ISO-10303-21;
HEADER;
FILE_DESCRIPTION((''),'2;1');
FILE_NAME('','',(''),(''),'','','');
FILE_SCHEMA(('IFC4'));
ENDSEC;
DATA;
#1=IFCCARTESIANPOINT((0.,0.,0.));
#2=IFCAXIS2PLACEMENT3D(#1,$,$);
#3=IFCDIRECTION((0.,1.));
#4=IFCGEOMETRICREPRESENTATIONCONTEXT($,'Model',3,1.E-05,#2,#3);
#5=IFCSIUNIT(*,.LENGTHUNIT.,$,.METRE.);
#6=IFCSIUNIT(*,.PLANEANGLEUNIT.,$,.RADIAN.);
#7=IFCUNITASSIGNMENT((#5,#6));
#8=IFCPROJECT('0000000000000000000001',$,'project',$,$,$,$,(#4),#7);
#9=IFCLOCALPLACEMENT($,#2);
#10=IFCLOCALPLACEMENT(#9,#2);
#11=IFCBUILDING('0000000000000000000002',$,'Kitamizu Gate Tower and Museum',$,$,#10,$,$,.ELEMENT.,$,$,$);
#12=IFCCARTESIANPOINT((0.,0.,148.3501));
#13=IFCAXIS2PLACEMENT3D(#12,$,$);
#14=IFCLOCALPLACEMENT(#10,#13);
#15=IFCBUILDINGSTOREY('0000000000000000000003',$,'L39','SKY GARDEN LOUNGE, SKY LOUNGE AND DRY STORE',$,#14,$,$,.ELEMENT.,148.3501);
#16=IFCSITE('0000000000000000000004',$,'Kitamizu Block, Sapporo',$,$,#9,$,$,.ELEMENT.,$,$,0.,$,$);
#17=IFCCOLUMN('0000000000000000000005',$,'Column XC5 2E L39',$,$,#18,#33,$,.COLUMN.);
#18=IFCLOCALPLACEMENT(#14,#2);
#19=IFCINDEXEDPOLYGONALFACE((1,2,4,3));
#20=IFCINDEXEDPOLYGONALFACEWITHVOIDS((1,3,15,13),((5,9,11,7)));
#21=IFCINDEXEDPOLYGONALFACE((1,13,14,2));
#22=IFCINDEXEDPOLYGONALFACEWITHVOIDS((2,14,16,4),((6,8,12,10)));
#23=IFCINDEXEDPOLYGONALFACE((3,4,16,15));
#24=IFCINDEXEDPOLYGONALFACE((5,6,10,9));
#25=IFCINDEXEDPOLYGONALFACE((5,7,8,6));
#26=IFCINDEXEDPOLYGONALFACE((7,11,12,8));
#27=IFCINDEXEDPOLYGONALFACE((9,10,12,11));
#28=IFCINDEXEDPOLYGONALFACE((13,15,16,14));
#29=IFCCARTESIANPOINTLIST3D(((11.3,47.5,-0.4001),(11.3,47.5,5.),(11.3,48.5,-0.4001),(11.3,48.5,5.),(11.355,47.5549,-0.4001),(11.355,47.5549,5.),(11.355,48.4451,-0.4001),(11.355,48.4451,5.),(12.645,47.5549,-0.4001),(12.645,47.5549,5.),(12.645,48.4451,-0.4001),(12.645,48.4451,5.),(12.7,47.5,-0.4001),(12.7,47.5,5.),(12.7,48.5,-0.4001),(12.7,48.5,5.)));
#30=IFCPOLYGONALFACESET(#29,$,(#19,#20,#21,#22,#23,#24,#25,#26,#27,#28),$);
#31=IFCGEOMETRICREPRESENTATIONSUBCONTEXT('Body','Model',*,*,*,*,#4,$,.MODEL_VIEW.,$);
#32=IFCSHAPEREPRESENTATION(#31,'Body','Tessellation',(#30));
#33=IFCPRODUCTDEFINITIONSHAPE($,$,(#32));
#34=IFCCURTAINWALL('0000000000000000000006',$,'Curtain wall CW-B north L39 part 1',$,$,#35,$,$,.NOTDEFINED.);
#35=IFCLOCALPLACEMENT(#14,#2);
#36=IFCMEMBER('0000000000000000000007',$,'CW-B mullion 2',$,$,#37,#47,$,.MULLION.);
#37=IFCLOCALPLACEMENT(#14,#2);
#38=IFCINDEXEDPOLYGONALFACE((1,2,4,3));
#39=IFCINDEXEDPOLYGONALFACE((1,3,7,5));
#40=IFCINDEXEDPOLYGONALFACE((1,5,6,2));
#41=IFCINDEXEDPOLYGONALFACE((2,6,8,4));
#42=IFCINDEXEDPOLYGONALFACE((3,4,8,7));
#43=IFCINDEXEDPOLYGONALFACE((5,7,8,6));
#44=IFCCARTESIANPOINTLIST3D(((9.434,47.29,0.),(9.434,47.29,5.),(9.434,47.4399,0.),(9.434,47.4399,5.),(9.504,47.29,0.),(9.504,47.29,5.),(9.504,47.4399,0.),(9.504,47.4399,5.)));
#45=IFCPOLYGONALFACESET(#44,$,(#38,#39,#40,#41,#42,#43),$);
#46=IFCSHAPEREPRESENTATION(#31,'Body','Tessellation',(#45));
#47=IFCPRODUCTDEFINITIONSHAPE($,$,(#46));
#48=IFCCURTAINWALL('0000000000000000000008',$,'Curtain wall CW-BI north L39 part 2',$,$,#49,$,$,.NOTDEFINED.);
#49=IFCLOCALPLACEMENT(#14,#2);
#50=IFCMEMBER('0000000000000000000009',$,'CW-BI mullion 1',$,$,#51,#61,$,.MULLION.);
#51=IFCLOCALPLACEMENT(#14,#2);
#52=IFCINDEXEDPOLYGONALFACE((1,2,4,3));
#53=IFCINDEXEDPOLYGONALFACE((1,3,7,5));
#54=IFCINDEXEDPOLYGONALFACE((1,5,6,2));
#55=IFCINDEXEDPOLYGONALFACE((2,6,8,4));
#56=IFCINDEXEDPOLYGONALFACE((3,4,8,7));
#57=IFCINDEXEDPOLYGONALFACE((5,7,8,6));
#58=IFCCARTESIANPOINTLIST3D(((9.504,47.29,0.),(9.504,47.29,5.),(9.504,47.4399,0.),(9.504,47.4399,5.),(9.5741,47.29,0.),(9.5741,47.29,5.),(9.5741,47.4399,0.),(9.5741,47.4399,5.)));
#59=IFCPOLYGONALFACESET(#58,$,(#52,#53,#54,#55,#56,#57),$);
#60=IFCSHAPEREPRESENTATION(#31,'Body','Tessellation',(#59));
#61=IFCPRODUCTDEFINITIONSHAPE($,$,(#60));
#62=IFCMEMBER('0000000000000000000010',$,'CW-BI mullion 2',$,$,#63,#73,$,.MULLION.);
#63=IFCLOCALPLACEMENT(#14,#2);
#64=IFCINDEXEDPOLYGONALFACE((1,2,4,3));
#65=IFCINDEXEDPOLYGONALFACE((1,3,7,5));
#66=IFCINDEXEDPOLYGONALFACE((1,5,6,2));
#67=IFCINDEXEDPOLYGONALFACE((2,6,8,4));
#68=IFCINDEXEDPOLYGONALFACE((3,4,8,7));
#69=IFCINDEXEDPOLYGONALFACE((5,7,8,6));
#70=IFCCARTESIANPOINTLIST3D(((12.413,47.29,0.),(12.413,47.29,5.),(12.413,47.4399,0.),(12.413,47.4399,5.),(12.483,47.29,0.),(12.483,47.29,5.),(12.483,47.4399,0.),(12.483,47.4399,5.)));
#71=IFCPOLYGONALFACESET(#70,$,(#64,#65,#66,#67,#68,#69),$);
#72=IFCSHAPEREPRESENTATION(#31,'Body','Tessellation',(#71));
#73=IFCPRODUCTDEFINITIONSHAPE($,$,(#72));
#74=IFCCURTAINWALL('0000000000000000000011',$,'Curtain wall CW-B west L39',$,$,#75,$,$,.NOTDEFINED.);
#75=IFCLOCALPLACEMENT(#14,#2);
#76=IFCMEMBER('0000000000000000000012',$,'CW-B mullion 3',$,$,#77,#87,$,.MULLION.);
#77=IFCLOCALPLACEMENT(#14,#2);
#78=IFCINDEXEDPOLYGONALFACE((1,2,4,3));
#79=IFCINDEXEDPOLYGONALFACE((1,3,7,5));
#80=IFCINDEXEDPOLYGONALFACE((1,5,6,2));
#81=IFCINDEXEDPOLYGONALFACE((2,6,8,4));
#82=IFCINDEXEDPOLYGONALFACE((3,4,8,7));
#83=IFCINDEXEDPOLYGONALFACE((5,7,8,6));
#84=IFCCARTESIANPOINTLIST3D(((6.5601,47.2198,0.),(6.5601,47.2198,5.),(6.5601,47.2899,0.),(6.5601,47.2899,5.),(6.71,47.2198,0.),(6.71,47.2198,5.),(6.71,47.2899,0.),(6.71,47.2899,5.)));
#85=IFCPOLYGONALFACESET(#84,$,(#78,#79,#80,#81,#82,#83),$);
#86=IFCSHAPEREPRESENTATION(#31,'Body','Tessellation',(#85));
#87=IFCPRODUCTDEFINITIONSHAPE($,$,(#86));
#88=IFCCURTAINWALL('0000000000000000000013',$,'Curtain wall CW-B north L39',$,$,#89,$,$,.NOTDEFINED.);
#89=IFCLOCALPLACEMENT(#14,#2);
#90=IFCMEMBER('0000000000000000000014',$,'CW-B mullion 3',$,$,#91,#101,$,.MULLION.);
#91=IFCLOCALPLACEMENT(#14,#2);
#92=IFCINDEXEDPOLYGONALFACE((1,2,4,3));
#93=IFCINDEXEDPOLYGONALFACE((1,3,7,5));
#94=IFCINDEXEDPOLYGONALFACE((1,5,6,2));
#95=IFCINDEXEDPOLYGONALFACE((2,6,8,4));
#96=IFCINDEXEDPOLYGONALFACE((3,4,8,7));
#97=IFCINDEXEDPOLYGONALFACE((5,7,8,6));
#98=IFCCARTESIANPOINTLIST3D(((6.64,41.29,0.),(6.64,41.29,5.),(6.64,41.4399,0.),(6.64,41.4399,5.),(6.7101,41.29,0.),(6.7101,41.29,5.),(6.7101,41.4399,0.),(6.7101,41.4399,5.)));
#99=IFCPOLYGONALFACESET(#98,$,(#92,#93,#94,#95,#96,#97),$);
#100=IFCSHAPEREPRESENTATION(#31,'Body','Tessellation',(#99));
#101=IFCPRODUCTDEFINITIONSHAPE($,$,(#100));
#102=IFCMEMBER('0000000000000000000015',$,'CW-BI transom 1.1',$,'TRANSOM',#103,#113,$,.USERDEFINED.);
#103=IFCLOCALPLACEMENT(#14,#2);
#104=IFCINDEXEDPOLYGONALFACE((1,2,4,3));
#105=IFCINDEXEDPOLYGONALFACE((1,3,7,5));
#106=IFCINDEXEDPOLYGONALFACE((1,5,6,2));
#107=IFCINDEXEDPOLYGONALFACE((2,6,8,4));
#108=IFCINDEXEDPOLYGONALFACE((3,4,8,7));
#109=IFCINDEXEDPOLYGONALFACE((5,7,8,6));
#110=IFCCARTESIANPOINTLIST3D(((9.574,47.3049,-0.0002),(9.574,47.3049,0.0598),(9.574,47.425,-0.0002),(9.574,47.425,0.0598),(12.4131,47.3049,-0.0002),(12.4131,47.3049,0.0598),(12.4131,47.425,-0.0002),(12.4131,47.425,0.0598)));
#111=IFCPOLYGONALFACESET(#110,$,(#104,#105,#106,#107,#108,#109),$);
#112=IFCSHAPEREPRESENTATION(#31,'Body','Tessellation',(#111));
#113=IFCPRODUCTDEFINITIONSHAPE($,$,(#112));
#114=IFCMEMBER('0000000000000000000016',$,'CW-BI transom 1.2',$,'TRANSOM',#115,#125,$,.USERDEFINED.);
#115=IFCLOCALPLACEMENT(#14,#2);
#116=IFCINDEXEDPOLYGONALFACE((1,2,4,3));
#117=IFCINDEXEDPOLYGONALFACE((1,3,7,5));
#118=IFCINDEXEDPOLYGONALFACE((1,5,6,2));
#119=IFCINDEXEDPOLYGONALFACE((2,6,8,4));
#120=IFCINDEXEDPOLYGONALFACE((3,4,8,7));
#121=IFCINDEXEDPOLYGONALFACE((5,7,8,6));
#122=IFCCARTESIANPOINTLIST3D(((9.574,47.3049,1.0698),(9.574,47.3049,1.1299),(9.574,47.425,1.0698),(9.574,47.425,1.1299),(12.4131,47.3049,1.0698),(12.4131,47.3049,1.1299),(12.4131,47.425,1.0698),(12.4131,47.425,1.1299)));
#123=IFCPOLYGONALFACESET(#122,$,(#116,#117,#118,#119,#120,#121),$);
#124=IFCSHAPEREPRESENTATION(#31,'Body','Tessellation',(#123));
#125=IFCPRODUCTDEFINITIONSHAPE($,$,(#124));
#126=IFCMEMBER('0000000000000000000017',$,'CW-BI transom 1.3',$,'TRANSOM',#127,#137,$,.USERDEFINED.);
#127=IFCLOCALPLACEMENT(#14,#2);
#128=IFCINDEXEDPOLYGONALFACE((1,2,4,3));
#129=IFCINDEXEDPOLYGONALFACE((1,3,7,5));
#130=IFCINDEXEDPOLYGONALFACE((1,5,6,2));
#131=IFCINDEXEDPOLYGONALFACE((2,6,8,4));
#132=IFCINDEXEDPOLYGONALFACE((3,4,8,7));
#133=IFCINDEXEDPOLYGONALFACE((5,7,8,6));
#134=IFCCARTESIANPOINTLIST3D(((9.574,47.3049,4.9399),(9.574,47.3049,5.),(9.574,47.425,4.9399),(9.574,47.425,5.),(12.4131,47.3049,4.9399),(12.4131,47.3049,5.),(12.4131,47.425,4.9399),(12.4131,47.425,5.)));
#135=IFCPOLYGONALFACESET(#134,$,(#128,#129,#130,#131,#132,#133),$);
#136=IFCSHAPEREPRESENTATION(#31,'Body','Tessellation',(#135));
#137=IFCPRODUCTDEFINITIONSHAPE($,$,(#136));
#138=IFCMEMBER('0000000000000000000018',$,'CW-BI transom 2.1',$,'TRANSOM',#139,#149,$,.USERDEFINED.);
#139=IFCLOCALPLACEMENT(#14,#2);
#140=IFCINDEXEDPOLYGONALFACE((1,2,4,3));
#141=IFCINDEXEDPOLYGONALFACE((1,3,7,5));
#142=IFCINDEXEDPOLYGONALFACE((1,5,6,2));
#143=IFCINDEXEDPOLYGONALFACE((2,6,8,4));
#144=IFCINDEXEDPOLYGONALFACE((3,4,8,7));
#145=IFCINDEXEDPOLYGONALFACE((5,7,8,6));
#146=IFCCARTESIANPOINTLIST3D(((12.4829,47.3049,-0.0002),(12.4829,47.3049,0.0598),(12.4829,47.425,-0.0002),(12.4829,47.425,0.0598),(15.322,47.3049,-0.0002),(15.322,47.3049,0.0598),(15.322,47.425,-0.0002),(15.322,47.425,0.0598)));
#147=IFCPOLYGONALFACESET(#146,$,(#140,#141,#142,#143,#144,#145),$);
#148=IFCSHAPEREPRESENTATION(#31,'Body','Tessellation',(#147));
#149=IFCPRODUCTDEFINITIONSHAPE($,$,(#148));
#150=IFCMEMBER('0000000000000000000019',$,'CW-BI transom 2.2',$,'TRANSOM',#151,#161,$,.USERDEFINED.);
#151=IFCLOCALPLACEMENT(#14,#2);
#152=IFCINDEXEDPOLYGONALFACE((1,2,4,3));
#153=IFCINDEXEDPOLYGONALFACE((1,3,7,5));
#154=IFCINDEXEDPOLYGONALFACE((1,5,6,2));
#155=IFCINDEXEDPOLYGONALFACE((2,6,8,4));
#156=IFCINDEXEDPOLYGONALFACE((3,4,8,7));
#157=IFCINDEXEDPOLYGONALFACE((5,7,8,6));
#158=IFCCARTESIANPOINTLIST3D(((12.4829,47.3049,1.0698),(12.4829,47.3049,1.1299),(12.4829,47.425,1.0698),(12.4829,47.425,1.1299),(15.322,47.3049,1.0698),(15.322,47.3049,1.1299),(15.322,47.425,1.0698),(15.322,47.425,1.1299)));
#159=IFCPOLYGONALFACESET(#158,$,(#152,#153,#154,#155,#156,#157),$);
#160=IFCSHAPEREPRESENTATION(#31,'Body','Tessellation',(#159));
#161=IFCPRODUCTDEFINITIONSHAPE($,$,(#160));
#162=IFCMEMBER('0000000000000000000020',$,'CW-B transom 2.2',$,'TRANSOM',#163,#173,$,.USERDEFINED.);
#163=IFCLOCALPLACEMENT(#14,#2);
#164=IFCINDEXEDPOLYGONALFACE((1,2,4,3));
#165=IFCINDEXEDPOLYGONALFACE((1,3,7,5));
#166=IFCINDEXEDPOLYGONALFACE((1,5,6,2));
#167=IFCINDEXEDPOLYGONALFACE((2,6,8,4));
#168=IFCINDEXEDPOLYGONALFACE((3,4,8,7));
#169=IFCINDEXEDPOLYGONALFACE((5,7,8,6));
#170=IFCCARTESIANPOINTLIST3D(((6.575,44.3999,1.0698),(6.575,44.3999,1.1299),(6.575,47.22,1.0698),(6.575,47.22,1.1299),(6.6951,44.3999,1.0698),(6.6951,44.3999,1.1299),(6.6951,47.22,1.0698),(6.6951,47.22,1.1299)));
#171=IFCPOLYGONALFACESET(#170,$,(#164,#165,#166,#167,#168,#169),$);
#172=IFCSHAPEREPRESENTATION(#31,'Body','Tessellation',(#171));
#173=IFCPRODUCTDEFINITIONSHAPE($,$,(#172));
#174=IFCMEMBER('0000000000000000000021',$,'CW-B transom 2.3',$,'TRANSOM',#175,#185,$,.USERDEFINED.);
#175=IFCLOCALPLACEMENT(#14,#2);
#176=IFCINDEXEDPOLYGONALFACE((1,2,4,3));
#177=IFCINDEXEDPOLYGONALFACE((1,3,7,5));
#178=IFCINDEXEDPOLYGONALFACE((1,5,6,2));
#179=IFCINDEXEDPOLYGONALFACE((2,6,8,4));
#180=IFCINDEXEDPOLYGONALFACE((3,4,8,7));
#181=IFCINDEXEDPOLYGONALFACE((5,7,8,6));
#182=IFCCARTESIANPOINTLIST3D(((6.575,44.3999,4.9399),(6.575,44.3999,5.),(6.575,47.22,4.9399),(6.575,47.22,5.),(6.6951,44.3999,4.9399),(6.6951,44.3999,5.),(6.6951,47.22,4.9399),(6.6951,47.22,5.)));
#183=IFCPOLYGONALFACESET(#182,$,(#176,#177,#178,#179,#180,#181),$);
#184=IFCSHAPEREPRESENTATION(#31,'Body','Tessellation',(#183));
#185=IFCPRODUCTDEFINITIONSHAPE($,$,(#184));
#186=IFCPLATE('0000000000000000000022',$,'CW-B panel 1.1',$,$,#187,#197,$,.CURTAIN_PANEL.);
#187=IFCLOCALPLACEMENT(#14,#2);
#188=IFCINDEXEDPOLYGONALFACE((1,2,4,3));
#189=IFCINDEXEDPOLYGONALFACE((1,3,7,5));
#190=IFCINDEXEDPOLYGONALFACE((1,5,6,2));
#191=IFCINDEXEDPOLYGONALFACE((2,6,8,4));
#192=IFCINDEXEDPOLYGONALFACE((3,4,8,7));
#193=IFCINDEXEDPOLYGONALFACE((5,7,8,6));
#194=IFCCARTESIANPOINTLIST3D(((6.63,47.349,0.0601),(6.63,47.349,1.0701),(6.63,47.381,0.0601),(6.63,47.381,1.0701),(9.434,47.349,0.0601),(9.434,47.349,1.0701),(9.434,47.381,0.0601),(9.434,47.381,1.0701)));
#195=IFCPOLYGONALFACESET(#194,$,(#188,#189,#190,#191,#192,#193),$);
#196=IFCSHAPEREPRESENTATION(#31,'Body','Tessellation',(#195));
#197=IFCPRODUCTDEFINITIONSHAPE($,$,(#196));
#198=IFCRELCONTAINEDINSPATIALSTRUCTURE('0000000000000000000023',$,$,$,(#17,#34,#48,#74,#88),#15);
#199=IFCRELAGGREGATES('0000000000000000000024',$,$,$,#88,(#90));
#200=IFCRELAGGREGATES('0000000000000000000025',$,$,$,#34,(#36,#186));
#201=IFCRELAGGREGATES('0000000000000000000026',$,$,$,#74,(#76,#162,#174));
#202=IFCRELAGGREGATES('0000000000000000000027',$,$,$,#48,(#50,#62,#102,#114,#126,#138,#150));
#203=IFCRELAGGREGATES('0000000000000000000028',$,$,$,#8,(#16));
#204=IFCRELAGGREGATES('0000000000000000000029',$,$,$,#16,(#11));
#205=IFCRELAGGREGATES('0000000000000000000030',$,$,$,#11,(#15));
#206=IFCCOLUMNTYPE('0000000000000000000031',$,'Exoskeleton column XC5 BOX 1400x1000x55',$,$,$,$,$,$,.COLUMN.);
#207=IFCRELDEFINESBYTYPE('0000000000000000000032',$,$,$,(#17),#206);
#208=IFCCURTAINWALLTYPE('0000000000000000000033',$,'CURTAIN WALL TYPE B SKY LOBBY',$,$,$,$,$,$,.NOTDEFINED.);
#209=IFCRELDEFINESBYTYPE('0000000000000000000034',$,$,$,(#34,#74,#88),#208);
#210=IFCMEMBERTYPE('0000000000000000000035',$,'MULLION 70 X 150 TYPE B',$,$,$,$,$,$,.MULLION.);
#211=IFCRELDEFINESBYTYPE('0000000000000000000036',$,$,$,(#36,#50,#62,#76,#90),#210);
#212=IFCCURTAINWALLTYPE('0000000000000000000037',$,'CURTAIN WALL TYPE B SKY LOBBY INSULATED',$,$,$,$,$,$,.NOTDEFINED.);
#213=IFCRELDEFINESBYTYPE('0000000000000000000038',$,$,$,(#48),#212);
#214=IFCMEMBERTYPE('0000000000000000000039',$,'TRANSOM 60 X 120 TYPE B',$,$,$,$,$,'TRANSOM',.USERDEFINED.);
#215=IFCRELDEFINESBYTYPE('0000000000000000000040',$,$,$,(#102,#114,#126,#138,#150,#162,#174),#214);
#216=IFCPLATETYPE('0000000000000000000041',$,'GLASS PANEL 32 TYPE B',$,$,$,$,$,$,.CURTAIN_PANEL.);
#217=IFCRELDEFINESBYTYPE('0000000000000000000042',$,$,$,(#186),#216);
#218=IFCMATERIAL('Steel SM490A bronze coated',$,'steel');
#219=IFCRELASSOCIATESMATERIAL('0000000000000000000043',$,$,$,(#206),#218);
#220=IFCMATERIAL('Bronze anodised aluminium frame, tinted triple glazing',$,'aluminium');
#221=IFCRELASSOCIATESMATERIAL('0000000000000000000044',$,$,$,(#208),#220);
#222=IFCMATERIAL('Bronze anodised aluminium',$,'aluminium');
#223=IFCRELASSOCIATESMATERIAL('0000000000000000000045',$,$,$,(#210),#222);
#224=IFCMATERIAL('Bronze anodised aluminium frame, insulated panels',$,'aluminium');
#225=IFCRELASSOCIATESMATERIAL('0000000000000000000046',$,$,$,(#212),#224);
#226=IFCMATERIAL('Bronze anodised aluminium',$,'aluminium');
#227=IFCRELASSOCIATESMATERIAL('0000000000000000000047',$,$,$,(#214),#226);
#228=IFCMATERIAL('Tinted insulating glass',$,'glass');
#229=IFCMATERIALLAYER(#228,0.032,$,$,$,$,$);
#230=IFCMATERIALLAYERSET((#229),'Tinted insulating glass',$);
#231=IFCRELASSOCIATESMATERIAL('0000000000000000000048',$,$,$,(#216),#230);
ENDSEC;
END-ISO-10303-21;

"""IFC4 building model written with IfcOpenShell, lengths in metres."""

from ifc_helpers import new_model, si_unit, direction, frame, origin, origin_2d, place, context, subcontext, project, spatial, rectangle, hollow_rectangle, extrude, material, layer, layer_set, material_profile, profile_set, type_object, element, aggregate, save


model = new_model("IFC4")

# Units and contexts
model_context = context("Model", 3, precision=1e-05, world=origin(), true_north=direction((0.0, 1.0)))
body_context = subcontext(model_context, "Body", "Model", "MODEL_VIEW")
ifc_project = project(units=[si_unit("LENGTHUNIT", "METRE"), si_unit("PLANEANGLEUNIT", "RADIAN")], contexts=[model_context])

# Site, building, storey
site_placement = place(None, origin())
site = spatial("IfcSite", under=ifc_project, at=site_placement, Name="Kitamizu Block, Sapporo", CompositionType="ELEMENT", RefElevation=0.0)
building_placement = place(site_placement, origin())
building = spatial("IfcBuilding", under=site, at=building_placement, Name="Kitamizu Gate Tower and Museum", CompositionType="ELEMENT")
storey_placement = place(building_placement, frame((0.0, 0.0, 148.3501)))
storey = spatial("IfcBuildingStorey", under=building, at=storey_placement, Name="L39", Description="SKY GARDEN LOUNGE, SKY LOUNGE AND DRY STORE", CompositionType="ELEMENT", Elevation=148.3501)

# Column
ifc_material_1 = material(Name="Steel SM490A bronze coated", Category="steel")
ifc_material_profile_1 = material_profile(ifc_material_1, hollow_rectangle(XDim=1.3999, YDim=1.0, WallThickness=0.0549, at=origin_2d()), Name="BOX 1400x1000x55")
ifc_profile_set_1 = profile_set([ifc_material_profile_1], Name="Steel SM490A bronze coated")
column_type = type_object("IfcColumnType", Name="Exoskeleton column XC5 BOX 1400x1000x55", PredefinedType="COLUMN", material=ifc_profile_set_1)
column_placement = place(storey_placement, frame((12.0, 48.0, -0.4001), z_axis=(0.0, 0.0, 1.0), x_axis=(1.0, 0.0, 0.0)))
element("IfcColumn", 1, at=column_placement, inside=storey, type_object=column_type, Name="Column XC5 2E L39", PredefinedType="COLUMN", context=body_context, shape_type="SweptSolid", body=[
    extrude(hollow_rectangle(XDim=1.3999, YDim=1.0, WallThickness=0.0549, at=origin_2d()), origin(), (0.0, 0.0, 1.0), 5.4001),
])

# Curtain wall, member
ifc_material_2 = material(Name="Bronze anodised aluminium frame, tinted triple glazing", Category="aluminium")
curtain_wall_type_1 = type_object("IfcCurtainWallType", Name="CURTAIN WALL TYPE B SKY LOBBY", PredefinedType="NOTDEFINED", material=ifc_material_2)
curtain_wall_1_placement = place(storey_placement, origin())
curtain_wall_1 = element("IfcCurtainWall", 2, at=curtain_wall_1_placement, inside=storey, type_object=curtain_wall_type_1, Name="Curtain wall CW-B north L39 part 1", PredefinedType="NOTDEFINED")
ifc_material_3 = material(Name="Bronze anodised aluminium", Category="aluminium")
ifc_material_profile_2 = material_profile(ifc_material_3, rectangle(XDim=0.0701, YDim=0.1499, at=origin_2d()), Name="AL 70X150")
ifc_profile_set_2 = profile_set([ifc_material_profile_2], Name="Bronze anodised aluminium")
member_type_1 = type_object("IfcMemberType", Name="MULLION 70 X 150 TYPE B", PredefinedType="MULLION", material=ifc_profile_set_2)
member_1_placement = place(storey_placement, frame((9.469, 47.365, 0.0), z_axis=(0.0, 0.0, 1.0), x_axis=(1.0, 0.0, 0.0)))
member_1 = element("IfcMember", 3, at=member_1_placement, type_object=member_type_1, Name="CW-B mullion 2", PredefinedType="MULLION", context=body_context, shape_type="SweptSolid", body=[
    extrude(rectangle(XDim=0.0701, YDim=0.1499, at=origin_2d()), origin(), (0.0, 0.0, 1.0), 5.0),
])

# Curtain wall, members
ifc_material_4 = material(Name="Bronze anodised aluminium frame, insulated panels", Category="aluminium")
curtain_wall_type_2 = type_object("IfcCurtainWallType", Name="CURTAIN WALL TYPE B SKY LOBBY INSULATED", PredefinedType="NOTDEFINED", material=ifc_material_4)
curtain_wall_2_placement = place(storey_placement, origin())
curtain_wall_2 = element("IfcCurtainWall", 4, at=curtain_wall_2_placement, inside=storey, type_object=curtain_wall_type_2, Name="Curtain wall CW-BI north L39 part 2", PredefinedType="NOTDEFINED")
member_2_placement = place(storey_placement, frame((9.5391, 47.365, 0.0), z_axis=(0.0, 0.0, 1.0), x_axis=(1.0, 0.0, 0.0)))
member_2 = element("IfcMember", 5, at=member_2_placement, type_object=member_type_1, Name="CW-BI mullion 1", PredefinedType="MULLION", context=body_context, shape_type="SweptSolid", body=[
    extrude(rectangle(XDim=0.0701, YDim=0.1499, at=origin_2d()), origin(), (0.0, 0.0, 1.0), 5.0),
])
member_3_placement = place(storey_placement, frame((12.448, 47.365, 0.0), z_axis=(0.0, 0.0, 1.0), x_axis=(1.0, 0.0, 0.0)))
member_3 = element("IfcMember", 6, at=member_3_placement, type_object=member_type_1, Name="CW-BI mullion 2", PredefinedType="MULLION", context=body_context, shape_type="SweptSolid", body=[
    extrude(rectangle(XDim=0.0701, YDim=0.1499, at=origin_2d()), origin(), (0.0, 0.0, 1.0), 5.0),
])

# Curtain walls, members
curtain_wall_3_placement = place(storey_placement, origin())
curtain_wall_3 = element("IfcCurtainWall", 7, at=curtain_wall_3_placement, inside=storey, type_object=curtain_wall_type_1, Name="Curtain wall CW-B west L39", PredefinedType="NOTDEFINED")
member_4_placement = place(storey_placement, frame((6.635, 47.2549, 0.0), z_axis=(0.0, 0.0, 1.0), x_axis=(0.0, 1.0, 0.0)))
member_4 = element("IfcMember", 8, at=member_4_placement, type_object=member_type_1, Name="CW-B mullion 3", PredefinedType="MULLION", context=body_context, shape_type="SweptSolid", body=[
    extrude(rectangle(XDim=0.0701, YDim=0.1499, at=origin_2d()), origin(), (0.0, 0.0, 1.0), 5.0),
])
curtain_wall_4_placement = place(storey_placement, origin())
curtain_wall_4 = element("IfcCurtainWall", 9, at=curtain_wall_4_placement, inside=storey, type_object=curtain_wall_type_1, Name="Curtain wall CW-B north L39", PredefinedType="NOTDEFINED")
member_5_placement = place(storey_placement, frame((6.675, 41.365, 0.0), z_axis=(0.0, 0.0, 1.0), x_axis=(1.0, 0.0, 0.0)))
member_5 = element("IfcMember", 10, at=member_5_placement, type_object=member_type_1, Name="CW-B mullion 3", PredefinedType="MULLION", context=body_context, shape_type="SweptSolid", body=[
    extrude(rectangle(XDim=0.0701, YDim=0.1499, at=origin_2d()), origin(), (0.0, 0.0, 1.0), 5.0),
])
aggregate(curtain_wall_4, [member_5])

# Members
ifc_material_5 = material(Name="Bronze anodised aluminium", Category="aluminium")
ifc_material_profile_3 = material_profile(ifc_material_5, rectangle(XDim=0.1201, YDim=0.0601, at=origin_2d()), Name="AL 60X120")
ifc_profile_set_3 = profile_set([ifc_material_profile_3], Name="Bronze anodised aluminium")
member_type_2 = type_object("IfcMemberType", Name="TRANSOM 60 X 120 TYPE B", ElementType="TRANSOM", PredefinedType="USERDEFINED", material=ifc_profile_set_3)
member_6_placement = place(storey_placement, frame((9.574, 47.365, 0.0298), z_axis=(1.0, 0.0, 0.0), x_axis=(0.0, 1.0, 0.0)))
member_6 = element("IfcMember", 11, at=member_6_placement, type_object=member_type_2, Name="CW-BI transom 1.1", ObjectType="TRANSOM", PredefinedType="USERDEFINED", context=body_context, shape_type="SweptSolid", body=[
    extrude(rectangle(XDim=0.1201, YDim=0.0601, at=origin_2d()), origin(), (0.0, 0.0, 1.0), 2.8391),
])
member_7_placement = place(storey_placement, frame((9.574, 47.365, 1.0999), z_axis=(1.0, 0.0, 0.0), x_axis=(0.0, 1.0, 0.0)))
member_7 = element("IfcMember", 12, at=member_7_placement, type_object=member_type_2, Name="CW-BI transom 1.2", ObjectType="TRANSOM", PredefinedType="USERDEFINED", context=body_context, shape_type="SweptSolid", body=[
    extrude(rectangle(XDim=0.1201, YDim=0.0601, at=origin_2d()), origin(), (0.0, 0.0, 1.0), 2.8391),
])
member_8_placement = place(storey_placement, frame((9.574, 47.365, 4.97), z_axis=(1.0, 0.0, 0.0), x_axis=(0.0, 1.0, 0.0)))
member_8 = element("IfcMember", 13, at=member_8_placement, type_object=member_type_2, Name="CW-BI transom 1.3", ObjectType="TRANSOM", PredefinedType="USERDEFINED", context=body_context, shape_type="SweptSolid", body=[
    extrude(rectangle(XDim=0.1201, YDim=0.0601, at=origin_2d()), origin(), (0.0, 0.0, 1.0), 2.8391),
])
member_9_placement = place(storey_placement, frame((12.4829, 47.365, 0.0298), z_axis=(1.0, 0.0, 0.0), x_axis=(0.0, 1.0, 0.0)))
member_9 = element("IfcMember", 14, at=member_9_placement, type_object=member_type_2, Name="CW-BI transom 2.1", ObjectType="TRANSOM", PredefinedType="USERDEFINED", context=body_context, shape_type="SweptSolid", body=[
    extrude(rectangle(XDim=0.1201, YDim=0.0601, at=origin_2d()), origin(), (0.0, 0.0, 1.0), 2.8391),
])
member_10_placement = place(storey_placement, frame((12.4829, 47.365, 1.0999), z_axis=(1.0, 0.0, 0.0), x_axis=(0.0, 1.0, 0.0)))
member_10 = element("IfcMember", 15, at=member_10_placement, type_object=member_type_2, Name="CW-BI transom 2.2", ObjectType="TRANSOM", PredefinedType="USERDEFINED", context=body_context, shape_type="SweptSolid", body=[
    extrude(rectangle(XDim=0.1201, YDim=0.0601, at=origin_2d()), origin(), (0.0, 0.0, 1.0), 2.8391),
])
member_11_placement = place(storey_placement, frame((6.635, 44.3999, 1.0999), z_axis=(0.0, 1.0, 0.0), x_axis=(-1.0, 0.0, 0.0)))
member_11 = element("IfcMember", 16, at=member_11_placement, type_object=member_type_2, Name="CW-B transom 2.2", ObjectType="TRANSOM", PredefinedType="USERDEFINED", context=body_context, shape_type="SweptSolid", body=[
    extrude(rectangle(XDim=0.1201, YDim=0.0601, at=origin_2d()), origin(), (0.0, 0.0, 1.0), 2.8201),
])
member_12_placement = place(storey_placement, frame((6.635, 44.3999, 4.97), z_axis=(0.0, 1.0, 0.0), x_axis=(-1.0, 0.0, 0.0)))
member_12 = element("IfcMember", 17, at=member_12_placement, type_object=member_type_2, Name="CW-B transom 2.3", ObjectType="TRANSOM", PredefinedType="USERDEFINED", context=body_context, shape_type="SweptSolid", body=[
    extrude(rectangle(XDim=0.1201, YDim=0.0601, at=origin_2d()), origin(), (0.0, 0.0, 1.0), 2.8201),
])

# Plate
ifc_material_6 = material(Name="Tinted insulating glass", Category="glass")
ifc_layer_1 = layer(ifc_material_6, 0.032)
ifc_layer_set_1 = layer_set([ifc_layer_1], Name="Tinted insulating glass")
plate_type_1 = type_object("IfcPlateType", Name="GLASS PANEL 32 TYPE B", PredefinedType="CURTAIN_PANEL", material=ifc_layer_set_1)
plate_1_placement = place(storey_placement, frame((8.032, 47.365, 0.0601), z_axis=(0.0, 0.0, 1.0), x_axis=(1.0, 0.0, 0.0)))
plate_1 = element("IfcPlate", 18, at=plate_1_placement, type_object=plate_type_1, Name="CW-B panel 1.1", PredefinedType="CURTAIN_PANEL", context=body_context, shape_type="SweptSolid", body=[
    extrude(rectangle(XDim=2.804, YDim=0.032, at=origin_2d()), origin(), (0.0, 0.0, 1.0), 1.01),
])
aggregate(curtain_wall_1, [member_1, plate_1])
aggregate(curtain_wall_3, [member_4, member_11, member_12])
aggregate(curtain_wall_2, [member_2, member_3, member_6, member_7, member_8, member_9, member_10])

save(model, "model.ifc")
